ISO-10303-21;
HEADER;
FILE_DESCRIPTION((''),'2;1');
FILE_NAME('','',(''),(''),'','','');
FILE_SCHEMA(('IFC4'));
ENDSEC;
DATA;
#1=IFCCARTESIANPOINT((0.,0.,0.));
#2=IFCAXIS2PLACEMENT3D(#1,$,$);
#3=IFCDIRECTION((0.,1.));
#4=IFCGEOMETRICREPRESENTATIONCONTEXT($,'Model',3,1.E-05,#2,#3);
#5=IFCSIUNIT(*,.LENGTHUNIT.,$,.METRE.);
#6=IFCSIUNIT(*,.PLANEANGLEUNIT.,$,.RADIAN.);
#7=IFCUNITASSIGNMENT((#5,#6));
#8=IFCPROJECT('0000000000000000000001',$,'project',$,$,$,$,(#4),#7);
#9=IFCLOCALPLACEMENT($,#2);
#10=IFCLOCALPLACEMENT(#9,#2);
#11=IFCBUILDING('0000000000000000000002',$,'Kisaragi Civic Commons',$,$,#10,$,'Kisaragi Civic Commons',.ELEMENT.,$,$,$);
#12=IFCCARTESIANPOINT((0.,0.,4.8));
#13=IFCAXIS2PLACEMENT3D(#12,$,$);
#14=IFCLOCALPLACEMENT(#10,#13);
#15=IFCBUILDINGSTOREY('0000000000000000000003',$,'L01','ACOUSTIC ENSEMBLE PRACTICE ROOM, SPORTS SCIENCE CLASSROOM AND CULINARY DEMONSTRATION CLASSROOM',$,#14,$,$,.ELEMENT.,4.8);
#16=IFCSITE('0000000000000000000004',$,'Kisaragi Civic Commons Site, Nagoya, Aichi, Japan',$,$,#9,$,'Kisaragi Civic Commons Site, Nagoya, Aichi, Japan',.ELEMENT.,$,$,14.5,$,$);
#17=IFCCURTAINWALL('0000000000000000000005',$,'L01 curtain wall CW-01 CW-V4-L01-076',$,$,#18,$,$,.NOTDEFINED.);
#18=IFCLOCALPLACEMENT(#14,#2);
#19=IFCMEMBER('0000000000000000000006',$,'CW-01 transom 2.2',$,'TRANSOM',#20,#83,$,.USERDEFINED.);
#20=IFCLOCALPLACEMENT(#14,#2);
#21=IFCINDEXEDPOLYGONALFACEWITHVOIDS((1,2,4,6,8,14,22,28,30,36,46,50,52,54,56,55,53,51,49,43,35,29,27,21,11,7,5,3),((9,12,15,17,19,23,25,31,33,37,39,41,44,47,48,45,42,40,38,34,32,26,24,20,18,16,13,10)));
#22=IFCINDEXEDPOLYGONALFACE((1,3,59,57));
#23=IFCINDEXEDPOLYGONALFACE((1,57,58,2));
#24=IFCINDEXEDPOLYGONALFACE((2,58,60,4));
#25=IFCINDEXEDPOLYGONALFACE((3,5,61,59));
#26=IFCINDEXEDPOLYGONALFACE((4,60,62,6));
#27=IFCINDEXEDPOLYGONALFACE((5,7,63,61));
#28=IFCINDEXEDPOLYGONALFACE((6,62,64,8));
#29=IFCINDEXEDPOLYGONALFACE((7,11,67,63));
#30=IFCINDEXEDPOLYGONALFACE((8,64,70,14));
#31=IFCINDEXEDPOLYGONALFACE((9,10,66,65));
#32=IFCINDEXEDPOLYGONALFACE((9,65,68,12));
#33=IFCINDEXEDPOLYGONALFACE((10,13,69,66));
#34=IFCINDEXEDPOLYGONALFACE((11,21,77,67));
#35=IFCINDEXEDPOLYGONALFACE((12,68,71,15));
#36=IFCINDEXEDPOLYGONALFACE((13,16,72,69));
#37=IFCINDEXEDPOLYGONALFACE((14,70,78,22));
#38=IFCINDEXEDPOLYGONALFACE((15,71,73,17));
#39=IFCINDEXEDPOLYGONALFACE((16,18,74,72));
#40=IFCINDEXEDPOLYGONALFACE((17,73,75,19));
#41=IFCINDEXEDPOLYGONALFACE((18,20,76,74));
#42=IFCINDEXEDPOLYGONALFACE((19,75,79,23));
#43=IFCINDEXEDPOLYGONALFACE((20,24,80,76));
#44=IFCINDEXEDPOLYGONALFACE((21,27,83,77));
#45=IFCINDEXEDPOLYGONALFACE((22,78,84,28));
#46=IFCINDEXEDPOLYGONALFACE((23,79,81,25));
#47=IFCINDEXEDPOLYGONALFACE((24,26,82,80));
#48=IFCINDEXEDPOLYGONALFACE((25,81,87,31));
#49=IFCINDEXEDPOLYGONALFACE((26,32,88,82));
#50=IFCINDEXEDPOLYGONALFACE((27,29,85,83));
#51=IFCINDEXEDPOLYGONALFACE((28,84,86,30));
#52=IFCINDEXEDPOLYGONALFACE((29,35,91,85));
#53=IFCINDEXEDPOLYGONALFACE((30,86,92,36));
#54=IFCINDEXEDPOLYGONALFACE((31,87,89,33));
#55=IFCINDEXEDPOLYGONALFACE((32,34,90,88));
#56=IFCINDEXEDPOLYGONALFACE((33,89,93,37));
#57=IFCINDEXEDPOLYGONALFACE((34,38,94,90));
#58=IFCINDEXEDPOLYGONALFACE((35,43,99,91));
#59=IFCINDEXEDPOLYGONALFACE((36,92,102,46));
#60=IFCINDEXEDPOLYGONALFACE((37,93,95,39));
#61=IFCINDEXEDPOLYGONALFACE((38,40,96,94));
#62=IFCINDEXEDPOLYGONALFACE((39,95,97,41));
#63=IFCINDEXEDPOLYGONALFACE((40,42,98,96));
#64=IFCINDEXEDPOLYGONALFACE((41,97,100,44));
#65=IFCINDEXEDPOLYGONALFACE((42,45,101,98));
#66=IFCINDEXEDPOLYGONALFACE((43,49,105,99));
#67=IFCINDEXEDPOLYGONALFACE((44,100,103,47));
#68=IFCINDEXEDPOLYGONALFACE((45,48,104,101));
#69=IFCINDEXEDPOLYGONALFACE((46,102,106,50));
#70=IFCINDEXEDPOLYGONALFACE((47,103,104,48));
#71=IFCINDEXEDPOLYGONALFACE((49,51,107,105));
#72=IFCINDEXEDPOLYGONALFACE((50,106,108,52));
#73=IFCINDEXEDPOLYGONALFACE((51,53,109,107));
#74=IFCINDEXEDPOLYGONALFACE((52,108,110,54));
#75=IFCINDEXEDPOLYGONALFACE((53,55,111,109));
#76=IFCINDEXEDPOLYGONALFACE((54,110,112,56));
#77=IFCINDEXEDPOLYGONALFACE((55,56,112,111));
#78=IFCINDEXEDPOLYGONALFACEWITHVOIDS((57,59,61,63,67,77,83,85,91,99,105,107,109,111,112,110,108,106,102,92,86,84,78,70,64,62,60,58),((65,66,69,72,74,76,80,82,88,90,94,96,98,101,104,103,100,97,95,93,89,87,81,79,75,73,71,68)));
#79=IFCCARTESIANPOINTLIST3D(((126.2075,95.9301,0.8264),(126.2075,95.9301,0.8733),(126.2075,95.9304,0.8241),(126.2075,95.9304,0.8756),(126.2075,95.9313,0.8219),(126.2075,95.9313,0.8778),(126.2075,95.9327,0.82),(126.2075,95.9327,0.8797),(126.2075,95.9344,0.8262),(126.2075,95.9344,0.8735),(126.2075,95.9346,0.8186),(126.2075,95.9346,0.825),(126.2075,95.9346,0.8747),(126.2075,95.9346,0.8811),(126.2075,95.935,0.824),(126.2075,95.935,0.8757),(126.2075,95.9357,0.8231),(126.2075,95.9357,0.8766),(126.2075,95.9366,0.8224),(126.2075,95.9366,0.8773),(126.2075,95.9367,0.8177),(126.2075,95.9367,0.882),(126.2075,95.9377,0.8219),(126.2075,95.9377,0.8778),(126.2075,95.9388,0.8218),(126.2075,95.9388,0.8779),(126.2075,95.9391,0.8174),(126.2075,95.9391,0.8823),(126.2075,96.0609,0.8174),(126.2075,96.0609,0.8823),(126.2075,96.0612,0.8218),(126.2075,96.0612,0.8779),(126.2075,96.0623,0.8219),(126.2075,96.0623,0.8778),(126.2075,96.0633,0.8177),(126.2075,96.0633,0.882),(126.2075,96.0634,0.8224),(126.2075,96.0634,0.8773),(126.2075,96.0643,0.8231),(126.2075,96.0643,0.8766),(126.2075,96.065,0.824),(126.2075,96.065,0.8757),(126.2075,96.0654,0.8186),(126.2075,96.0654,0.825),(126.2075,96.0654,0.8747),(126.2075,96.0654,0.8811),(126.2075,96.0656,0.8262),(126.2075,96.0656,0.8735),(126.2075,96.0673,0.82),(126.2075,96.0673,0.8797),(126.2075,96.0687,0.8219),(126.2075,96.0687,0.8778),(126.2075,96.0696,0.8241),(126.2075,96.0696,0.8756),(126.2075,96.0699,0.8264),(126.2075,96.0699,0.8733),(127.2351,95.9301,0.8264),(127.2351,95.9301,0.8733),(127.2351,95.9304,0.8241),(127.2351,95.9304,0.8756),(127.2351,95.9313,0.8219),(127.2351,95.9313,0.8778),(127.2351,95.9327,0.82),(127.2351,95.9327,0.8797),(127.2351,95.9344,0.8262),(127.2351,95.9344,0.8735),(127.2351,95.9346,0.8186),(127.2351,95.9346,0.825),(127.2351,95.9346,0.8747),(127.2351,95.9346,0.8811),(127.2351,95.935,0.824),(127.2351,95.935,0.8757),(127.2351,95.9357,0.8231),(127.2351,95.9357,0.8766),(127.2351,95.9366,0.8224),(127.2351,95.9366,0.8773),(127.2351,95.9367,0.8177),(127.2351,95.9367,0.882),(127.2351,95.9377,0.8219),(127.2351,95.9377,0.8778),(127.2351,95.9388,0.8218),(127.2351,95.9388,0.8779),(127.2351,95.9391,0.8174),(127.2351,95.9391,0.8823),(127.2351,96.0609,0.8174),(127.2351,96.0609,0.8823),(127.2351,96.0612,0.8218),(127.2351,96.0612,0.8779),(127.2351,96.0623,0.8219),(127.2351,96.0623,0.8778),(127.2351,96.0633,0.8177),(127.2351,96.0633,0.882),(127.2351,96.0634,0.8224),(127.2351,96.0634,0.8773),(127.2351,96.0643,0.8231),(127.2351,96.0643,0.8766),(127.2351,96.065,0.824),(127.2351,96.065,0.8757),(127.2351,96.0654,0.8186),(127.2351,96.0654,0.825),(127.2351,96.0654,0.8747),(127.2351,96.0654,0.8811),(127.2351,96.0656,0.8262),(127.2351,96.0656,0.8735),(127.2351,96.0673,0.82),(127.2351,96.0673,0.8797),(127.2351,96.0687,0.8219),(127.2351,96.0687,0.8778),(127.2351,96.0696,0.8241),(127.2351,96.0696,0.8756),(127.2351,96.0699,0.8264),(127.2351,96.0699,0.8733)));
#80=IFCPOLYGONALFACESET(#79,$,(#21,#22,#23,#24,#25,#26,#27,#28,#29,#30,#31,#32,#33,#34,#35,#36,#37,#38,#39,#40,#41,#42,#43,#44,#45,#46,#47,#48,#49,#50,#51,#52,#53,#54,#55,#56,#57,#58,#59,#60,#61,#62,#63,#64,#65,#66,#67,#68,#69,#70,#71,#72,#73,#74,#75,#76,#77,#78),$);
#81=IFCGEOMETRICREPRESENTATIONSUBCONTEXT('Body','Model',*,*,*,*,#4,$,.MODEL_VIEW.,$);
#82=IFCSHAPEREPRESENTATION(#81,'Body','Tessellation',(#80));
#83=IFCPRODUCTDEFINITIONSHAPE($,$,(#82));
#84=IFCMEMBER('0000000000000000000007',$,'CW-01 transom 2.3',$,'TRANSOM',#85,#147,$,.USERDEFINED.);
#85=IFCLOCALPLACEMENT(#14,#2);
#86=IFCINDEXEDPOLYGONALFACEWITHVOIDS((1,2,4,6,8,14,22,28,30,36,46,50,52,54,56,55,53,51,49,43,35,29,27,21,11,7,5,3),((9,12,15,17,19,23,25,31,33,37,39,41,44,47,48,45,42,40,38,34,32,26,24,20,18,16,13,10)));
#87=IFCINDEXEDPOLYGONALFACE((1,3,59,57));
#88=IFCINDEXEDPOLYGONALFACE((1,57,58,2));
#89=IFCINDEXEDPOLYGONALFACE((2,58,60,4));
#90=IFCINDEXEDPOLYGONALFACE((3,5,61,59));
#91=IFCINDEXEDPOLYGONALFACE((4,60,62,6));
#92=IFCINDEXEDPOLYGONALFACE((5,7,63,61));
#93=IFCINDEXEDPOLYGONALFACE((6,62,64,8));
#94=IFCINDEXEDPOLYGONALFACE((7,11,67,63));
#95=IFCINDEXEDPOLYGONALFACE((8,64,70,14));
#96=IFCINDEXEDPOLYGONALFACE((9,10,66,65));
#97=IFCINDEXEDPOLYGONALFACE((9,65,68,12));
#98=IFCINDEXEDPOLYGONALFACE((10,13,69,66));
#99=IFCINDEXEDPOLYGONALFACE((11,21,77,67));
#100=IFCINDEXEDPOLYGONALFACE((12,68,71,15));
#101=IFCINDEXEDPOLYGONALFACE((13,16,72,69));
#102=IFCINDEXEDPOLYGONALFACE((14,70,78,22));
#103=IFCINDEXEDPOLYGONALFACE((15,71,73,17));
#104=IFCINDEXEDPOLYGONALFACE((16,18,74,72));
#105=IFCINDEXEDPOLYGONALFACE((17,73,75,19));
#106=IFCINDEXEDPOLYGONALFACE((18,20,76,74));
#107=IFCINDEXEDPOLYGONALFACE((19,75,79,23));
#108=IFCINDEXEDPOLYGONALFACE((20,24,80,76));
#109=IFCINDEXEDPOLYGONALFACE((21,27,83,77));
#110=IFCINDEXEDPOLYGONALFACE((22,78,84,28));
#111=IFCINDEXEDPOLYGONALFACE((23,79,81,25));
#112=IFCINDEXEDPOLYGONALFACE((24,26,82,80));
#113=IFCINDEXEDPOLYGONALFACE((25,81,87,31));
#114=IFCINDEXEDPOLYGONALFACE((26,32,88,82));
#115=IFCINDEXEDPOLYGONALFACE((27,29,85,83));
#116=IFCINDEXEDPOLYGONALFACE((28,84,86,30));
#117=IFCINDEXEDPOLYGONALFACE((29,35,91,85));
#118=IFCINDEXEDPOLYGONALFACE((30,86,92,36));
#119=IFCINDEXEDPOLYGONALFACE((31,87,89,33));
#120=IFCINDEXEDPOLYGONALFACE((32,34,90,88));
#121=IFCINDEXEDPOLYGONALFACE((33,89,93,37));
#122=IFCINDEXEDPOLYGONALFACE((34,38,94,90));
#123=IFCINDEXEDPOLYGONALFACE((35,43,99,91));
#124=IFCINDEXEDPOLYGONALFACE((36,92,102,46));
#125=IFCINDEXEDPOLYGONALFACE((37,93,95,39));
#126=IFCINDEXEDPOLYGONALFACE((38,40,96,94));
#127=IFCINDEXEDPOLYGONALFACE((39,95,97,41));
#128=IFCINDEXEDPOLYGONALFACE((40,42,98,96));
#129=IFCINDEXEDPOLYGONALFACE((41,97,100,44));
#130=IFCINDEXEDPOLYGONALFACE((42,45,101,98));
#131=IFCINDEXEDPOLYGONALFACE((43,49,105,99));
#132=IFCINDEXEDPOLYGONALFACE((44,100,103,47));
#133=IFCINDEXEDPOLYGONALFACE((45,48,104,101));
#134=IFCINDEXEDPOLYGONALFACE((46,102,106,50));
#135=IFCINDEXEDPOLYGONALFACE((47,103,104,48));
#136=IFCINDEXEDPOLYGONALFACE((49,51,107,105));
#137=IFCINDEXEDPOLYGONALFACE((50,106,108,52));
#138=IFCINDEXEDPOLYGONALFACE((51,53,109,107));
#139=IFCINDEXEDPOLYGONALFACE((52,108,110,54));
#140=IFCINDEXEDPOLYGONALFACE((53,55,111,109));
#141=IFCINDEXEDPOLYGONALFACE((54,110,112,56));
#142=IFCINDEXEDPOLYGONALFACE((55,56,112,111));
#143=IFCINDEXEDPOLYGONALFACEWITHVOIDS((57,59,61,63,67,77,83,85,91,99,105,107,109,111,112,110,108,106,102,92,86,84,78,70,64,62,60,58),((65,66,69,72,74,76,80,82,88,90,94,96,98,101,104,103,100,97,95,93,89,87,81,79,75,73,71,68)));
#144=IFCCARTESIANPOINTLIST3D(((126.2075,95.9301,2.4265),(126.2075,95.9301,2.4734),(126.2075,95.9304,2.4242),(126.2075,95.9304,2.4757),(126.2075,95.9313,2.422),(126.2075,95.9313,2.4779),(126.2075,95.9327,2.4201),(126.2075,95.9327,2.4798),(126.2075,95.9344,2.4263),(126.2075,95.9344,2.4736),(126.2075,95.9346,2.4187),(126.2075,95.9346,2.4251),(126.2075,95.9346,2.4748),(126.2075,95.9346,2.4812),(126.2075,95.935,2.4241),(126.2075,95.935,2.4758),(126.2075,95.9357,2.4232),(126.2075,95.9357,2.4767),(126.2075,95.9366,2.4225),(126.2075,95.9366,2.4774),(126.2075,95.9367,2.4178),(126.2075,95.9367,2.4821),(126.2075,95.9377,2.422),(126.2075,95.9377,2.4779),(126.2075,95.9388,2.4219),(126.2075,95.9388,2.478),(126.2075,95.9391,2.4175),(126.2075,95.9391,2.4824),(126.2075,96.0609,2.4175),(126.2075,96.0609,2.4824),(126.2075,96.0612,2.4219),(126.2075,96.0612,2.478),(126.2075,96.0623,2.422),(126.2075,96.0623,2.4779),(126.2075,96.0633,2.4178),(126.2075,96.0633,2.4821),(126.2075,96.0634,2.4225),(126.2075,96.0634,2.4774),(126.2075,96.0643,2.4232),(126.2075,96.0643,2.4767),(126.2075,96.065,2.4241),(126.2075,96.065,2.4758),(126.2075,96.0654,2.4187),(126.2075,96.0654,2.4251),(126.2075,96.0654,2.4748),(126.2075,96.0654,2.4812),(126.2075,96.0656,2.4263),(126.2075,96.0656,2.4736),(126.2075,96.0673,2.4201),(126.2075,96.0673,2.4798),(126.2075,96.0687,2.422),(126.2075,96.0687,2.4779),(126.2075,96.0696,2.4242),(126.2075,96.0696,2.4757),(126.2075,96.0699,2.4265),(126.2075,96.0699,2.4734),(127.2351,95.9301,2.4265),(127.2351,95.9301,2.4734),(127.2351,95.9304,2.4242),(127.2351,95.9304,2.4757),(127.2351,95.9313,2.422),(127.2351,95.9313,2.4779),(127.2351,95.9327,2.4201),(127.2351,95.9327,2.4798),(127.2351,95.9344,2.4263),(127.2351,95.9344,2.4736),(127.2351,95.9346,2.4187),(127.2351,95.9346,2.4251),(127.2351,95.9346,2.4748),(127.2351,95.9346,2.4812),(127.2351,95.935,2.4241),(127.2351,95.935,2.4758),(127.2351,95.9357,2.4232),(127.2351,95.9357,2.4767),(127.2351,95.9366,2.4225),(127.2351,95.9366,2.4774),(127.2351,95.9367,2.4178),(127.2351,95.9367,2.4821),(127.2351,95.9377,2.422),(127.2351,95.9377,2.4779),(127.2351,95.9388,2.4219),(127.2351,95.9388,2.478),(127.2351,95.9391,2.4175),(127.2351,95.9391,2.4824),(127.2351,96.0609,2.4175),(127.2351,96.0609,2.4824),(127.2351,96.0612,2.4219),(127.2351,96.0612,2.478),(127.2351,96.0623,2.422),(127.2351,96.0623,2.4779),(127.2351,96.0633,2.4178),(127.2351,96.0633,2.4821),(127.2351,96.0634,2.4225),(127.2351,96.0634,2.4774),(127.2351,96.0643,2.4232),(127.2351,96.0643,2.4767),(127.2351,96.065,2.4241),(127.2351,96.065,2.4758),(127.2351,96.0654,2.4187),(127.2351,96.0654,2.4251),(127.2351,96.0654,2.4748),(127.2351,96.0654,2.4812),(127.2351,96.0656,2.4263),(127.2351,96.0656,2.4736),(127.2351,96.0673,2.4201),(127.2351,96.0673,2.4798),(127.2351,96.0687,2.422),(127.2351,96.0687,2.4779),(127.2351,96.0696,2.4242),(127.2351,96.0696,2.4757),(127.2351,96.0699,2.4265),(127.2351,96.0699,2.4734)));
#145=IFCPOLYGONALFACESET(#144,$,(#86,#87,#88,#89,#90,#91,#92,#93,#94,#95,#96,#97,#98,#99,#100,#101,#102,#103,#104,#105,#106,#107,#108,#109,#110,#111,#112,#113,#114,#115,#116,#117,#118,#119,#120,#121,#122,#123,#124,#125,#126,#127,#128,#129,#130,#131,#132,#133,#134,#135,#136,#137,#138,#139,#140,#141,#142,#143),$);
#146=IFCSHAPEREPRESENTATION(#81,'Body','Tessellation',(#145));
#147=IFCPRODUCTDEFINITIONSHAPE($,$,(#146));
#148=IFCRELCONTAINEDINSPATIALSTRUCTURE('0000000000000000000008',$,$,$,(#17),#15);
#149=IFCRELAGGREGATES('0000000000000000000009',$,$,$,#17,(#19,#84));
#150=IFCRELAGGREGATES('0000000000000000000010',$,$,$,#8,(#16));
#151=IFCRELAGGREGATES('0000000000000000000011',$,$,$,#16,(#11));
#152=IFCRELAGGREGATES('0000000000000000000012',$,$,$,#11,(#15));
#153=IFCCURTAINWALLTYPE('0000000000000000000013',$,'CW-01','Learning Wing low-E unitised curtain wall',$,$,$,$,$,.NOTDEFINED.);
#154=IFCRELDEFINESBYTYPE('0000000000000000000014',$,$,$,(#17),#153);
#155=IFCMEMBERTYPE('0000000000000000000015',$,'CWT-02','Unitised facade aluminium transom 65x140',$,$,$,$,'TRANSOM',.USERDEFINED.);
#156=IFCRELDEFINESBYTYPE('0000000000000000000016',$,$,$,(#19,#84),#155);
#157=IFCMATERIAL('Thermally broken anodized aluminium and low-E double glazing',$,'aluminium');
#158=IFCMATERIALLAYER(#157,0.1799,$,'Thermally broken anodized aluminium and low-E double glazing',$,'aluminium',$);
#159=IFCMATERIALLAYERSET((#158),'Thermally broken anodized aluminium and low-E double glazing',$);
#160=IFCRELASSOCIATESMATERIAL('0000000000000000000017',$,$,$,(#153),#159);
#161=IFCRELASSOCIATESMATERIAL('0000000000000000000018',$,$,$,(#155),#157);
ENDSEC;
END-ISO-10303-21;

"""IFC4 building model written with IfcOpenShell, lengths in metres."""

from ifc_helpers import new_model, si_unit, direction, frame, origin, origin_2d, place, context, subcontext, project, spatial, hollow_rectangle, extrude, material, layer, layer_set, material_profile, profile_set, type_object, element, aggregate, save


model = new_model("IFC4")

# Units and contexts
model_context = context("Model", 3, precision=1e-05, world=origin(), true_north=direction((0.0, 1.0)))
body_context = subcontext(model_context, "Body", "Model", "MODEL_VIEW")
ifc_project = project(units=[si_unit("LENGTHUNIT", "METRE"), si_unit("PLANEANGLEUNIT", "RADIAN")], contexts=[model_context])

# Site, building, storey
site_placement = place(None, origin())
site = spatial("IfcSite", under=ifc_project, at=site_placement, Name="Kisaragi Civic Commons Site, Nagoya, Aichi, Japan", LongName="Kisaragi Civic Commons Site, Nagoya, Aichi, Japan", CompositionType="ELEMENT", RefElevation=14.5)
building_placement = place(site_placement, origin())
building = spatial("IfcBuilding", under=site, at=building_placement, Name="Kisaragi Civic Commons", LongName="Kisaragi Civic Commons", CompositionType="ELEMENT")
storey_placement = place(building_placement, frame((0.0, 0.0, 4.8)))
storey = spatial("IfcBuildingStorey", under=building, at=storey_placement, Name="L01", Description="ACOUSTIC ENSEMBLE PRACTICE ROOM, SPORTS SCIENCE CLASSROOM AND CULINARY DEMONSTRATION CLASSROOM", CompositionType="ELEMENT", Elevation=4.8)

# Shared definitions
ifc_material_1 = material(Name="Thermally broken anodized aluminium and low-E double glazing", Category="aluminium")
ifc_layer_1 = layer(ifc_material_1, 0.1799, Name="Thermally broken anodized aluminium and low-E double glazing", Category="aluminium")
ifc_layer_set_1 = layer_set([ifc_layer_1], Name="Thermally broken anodized aluminium and low-E double glazing")
curtain_wall_type = type_object("IfcCurtainWallType", Name="CW-01", Description="Learning Wing low-E unitised curtain wall", PredefinedType="NOTDEFINED", material=ifc_layer_set_1)

# Curtain wall, members
curtain_wall_1_placement = place(storey_placement, origin())
curtain_wall_1 = element("IfcCurtainWall", 1, at=curtain_wall_1_placement, inside=storey, type_object=curtain_wall_type, Name="L01 curtain wall CW-01 CW-V4-L01-076", PredefinedType="NOTDEFINED")
ifc_material_profile_1 = material_profile(ifc_material_1, hollow_rectangle(XDim=0.1399, YDim=0.0649, WallThickness=0.0044, InnerFilletRadius=0.0044, OuterFilletRadius=0.009, at=origin_2d()), Name="CWT-65x140x4.5", Category="aluminium")
ifc_profile_set_1 = profile_set([ifc_material_profile_1], Name="Thermally broken anodized aluminium and low-E double glazing")
member_type_1 = type_object("IfcMemberType", Name="CWT-02", Description="Unitised facade aluminium transom 65x140", ElementType="TRANSOM", PredefinedType="USERDEFINED", material=ifc_profile_set_1)
member_1_placement = place(storey_placement, frame((127.2351, 96.0, 0.8499), z_axis=(-1.0, 0.0, 0.0), x_axis=(0.0, -1.0, 0.0)))
member_1 = element("IfcMember", 2, at=member_1_placement, type_object=member_type_1, Name="CW-01 transom 2.2", ObjectType="TRANSOM", PredefinedType="USERDEFINED", context=body_context, shape_type="SweptSolid", body=[
    extrude(hollow_rectangle(XDim=0.1399, YDim=0.0649, WallThickness=0.0044, InnerFilletRadius=0.0044, OuterFilletRadius=0.009, at=origin_2d()), origin(), (0.0, 0.0, 1.0), 1.0276),
])
member_2_placement = place(storey_placement, frame((127.2351, 96.0, 2.45), z_axis=(-1.0, 0.0, 0.0), x_axis=(0.0, -1.0, 0.0)))
member_2 = element("IfcMember", 3, at=member_2_placement, type_object=member_type_1, Name="CW-01 transom 2.3", ObjectType="TRANSOM", PredefinedType="USERDEFINED", context=body_context, shape_type="SweptSolid", body=[
    extrude(hollow_rectangle(XDim=0.1399, YDim=0.0649, WallThickness=0.0044, InnerFilletRadius=0.0044, OuterFilletRadius=0.009, at=origin_2d()), origin(), (0.0, 0.0, 1.0), 1.0276),
])

aggregate(curtain_wall_1, [member_1, member_2])

save(model, "model.ifc")
